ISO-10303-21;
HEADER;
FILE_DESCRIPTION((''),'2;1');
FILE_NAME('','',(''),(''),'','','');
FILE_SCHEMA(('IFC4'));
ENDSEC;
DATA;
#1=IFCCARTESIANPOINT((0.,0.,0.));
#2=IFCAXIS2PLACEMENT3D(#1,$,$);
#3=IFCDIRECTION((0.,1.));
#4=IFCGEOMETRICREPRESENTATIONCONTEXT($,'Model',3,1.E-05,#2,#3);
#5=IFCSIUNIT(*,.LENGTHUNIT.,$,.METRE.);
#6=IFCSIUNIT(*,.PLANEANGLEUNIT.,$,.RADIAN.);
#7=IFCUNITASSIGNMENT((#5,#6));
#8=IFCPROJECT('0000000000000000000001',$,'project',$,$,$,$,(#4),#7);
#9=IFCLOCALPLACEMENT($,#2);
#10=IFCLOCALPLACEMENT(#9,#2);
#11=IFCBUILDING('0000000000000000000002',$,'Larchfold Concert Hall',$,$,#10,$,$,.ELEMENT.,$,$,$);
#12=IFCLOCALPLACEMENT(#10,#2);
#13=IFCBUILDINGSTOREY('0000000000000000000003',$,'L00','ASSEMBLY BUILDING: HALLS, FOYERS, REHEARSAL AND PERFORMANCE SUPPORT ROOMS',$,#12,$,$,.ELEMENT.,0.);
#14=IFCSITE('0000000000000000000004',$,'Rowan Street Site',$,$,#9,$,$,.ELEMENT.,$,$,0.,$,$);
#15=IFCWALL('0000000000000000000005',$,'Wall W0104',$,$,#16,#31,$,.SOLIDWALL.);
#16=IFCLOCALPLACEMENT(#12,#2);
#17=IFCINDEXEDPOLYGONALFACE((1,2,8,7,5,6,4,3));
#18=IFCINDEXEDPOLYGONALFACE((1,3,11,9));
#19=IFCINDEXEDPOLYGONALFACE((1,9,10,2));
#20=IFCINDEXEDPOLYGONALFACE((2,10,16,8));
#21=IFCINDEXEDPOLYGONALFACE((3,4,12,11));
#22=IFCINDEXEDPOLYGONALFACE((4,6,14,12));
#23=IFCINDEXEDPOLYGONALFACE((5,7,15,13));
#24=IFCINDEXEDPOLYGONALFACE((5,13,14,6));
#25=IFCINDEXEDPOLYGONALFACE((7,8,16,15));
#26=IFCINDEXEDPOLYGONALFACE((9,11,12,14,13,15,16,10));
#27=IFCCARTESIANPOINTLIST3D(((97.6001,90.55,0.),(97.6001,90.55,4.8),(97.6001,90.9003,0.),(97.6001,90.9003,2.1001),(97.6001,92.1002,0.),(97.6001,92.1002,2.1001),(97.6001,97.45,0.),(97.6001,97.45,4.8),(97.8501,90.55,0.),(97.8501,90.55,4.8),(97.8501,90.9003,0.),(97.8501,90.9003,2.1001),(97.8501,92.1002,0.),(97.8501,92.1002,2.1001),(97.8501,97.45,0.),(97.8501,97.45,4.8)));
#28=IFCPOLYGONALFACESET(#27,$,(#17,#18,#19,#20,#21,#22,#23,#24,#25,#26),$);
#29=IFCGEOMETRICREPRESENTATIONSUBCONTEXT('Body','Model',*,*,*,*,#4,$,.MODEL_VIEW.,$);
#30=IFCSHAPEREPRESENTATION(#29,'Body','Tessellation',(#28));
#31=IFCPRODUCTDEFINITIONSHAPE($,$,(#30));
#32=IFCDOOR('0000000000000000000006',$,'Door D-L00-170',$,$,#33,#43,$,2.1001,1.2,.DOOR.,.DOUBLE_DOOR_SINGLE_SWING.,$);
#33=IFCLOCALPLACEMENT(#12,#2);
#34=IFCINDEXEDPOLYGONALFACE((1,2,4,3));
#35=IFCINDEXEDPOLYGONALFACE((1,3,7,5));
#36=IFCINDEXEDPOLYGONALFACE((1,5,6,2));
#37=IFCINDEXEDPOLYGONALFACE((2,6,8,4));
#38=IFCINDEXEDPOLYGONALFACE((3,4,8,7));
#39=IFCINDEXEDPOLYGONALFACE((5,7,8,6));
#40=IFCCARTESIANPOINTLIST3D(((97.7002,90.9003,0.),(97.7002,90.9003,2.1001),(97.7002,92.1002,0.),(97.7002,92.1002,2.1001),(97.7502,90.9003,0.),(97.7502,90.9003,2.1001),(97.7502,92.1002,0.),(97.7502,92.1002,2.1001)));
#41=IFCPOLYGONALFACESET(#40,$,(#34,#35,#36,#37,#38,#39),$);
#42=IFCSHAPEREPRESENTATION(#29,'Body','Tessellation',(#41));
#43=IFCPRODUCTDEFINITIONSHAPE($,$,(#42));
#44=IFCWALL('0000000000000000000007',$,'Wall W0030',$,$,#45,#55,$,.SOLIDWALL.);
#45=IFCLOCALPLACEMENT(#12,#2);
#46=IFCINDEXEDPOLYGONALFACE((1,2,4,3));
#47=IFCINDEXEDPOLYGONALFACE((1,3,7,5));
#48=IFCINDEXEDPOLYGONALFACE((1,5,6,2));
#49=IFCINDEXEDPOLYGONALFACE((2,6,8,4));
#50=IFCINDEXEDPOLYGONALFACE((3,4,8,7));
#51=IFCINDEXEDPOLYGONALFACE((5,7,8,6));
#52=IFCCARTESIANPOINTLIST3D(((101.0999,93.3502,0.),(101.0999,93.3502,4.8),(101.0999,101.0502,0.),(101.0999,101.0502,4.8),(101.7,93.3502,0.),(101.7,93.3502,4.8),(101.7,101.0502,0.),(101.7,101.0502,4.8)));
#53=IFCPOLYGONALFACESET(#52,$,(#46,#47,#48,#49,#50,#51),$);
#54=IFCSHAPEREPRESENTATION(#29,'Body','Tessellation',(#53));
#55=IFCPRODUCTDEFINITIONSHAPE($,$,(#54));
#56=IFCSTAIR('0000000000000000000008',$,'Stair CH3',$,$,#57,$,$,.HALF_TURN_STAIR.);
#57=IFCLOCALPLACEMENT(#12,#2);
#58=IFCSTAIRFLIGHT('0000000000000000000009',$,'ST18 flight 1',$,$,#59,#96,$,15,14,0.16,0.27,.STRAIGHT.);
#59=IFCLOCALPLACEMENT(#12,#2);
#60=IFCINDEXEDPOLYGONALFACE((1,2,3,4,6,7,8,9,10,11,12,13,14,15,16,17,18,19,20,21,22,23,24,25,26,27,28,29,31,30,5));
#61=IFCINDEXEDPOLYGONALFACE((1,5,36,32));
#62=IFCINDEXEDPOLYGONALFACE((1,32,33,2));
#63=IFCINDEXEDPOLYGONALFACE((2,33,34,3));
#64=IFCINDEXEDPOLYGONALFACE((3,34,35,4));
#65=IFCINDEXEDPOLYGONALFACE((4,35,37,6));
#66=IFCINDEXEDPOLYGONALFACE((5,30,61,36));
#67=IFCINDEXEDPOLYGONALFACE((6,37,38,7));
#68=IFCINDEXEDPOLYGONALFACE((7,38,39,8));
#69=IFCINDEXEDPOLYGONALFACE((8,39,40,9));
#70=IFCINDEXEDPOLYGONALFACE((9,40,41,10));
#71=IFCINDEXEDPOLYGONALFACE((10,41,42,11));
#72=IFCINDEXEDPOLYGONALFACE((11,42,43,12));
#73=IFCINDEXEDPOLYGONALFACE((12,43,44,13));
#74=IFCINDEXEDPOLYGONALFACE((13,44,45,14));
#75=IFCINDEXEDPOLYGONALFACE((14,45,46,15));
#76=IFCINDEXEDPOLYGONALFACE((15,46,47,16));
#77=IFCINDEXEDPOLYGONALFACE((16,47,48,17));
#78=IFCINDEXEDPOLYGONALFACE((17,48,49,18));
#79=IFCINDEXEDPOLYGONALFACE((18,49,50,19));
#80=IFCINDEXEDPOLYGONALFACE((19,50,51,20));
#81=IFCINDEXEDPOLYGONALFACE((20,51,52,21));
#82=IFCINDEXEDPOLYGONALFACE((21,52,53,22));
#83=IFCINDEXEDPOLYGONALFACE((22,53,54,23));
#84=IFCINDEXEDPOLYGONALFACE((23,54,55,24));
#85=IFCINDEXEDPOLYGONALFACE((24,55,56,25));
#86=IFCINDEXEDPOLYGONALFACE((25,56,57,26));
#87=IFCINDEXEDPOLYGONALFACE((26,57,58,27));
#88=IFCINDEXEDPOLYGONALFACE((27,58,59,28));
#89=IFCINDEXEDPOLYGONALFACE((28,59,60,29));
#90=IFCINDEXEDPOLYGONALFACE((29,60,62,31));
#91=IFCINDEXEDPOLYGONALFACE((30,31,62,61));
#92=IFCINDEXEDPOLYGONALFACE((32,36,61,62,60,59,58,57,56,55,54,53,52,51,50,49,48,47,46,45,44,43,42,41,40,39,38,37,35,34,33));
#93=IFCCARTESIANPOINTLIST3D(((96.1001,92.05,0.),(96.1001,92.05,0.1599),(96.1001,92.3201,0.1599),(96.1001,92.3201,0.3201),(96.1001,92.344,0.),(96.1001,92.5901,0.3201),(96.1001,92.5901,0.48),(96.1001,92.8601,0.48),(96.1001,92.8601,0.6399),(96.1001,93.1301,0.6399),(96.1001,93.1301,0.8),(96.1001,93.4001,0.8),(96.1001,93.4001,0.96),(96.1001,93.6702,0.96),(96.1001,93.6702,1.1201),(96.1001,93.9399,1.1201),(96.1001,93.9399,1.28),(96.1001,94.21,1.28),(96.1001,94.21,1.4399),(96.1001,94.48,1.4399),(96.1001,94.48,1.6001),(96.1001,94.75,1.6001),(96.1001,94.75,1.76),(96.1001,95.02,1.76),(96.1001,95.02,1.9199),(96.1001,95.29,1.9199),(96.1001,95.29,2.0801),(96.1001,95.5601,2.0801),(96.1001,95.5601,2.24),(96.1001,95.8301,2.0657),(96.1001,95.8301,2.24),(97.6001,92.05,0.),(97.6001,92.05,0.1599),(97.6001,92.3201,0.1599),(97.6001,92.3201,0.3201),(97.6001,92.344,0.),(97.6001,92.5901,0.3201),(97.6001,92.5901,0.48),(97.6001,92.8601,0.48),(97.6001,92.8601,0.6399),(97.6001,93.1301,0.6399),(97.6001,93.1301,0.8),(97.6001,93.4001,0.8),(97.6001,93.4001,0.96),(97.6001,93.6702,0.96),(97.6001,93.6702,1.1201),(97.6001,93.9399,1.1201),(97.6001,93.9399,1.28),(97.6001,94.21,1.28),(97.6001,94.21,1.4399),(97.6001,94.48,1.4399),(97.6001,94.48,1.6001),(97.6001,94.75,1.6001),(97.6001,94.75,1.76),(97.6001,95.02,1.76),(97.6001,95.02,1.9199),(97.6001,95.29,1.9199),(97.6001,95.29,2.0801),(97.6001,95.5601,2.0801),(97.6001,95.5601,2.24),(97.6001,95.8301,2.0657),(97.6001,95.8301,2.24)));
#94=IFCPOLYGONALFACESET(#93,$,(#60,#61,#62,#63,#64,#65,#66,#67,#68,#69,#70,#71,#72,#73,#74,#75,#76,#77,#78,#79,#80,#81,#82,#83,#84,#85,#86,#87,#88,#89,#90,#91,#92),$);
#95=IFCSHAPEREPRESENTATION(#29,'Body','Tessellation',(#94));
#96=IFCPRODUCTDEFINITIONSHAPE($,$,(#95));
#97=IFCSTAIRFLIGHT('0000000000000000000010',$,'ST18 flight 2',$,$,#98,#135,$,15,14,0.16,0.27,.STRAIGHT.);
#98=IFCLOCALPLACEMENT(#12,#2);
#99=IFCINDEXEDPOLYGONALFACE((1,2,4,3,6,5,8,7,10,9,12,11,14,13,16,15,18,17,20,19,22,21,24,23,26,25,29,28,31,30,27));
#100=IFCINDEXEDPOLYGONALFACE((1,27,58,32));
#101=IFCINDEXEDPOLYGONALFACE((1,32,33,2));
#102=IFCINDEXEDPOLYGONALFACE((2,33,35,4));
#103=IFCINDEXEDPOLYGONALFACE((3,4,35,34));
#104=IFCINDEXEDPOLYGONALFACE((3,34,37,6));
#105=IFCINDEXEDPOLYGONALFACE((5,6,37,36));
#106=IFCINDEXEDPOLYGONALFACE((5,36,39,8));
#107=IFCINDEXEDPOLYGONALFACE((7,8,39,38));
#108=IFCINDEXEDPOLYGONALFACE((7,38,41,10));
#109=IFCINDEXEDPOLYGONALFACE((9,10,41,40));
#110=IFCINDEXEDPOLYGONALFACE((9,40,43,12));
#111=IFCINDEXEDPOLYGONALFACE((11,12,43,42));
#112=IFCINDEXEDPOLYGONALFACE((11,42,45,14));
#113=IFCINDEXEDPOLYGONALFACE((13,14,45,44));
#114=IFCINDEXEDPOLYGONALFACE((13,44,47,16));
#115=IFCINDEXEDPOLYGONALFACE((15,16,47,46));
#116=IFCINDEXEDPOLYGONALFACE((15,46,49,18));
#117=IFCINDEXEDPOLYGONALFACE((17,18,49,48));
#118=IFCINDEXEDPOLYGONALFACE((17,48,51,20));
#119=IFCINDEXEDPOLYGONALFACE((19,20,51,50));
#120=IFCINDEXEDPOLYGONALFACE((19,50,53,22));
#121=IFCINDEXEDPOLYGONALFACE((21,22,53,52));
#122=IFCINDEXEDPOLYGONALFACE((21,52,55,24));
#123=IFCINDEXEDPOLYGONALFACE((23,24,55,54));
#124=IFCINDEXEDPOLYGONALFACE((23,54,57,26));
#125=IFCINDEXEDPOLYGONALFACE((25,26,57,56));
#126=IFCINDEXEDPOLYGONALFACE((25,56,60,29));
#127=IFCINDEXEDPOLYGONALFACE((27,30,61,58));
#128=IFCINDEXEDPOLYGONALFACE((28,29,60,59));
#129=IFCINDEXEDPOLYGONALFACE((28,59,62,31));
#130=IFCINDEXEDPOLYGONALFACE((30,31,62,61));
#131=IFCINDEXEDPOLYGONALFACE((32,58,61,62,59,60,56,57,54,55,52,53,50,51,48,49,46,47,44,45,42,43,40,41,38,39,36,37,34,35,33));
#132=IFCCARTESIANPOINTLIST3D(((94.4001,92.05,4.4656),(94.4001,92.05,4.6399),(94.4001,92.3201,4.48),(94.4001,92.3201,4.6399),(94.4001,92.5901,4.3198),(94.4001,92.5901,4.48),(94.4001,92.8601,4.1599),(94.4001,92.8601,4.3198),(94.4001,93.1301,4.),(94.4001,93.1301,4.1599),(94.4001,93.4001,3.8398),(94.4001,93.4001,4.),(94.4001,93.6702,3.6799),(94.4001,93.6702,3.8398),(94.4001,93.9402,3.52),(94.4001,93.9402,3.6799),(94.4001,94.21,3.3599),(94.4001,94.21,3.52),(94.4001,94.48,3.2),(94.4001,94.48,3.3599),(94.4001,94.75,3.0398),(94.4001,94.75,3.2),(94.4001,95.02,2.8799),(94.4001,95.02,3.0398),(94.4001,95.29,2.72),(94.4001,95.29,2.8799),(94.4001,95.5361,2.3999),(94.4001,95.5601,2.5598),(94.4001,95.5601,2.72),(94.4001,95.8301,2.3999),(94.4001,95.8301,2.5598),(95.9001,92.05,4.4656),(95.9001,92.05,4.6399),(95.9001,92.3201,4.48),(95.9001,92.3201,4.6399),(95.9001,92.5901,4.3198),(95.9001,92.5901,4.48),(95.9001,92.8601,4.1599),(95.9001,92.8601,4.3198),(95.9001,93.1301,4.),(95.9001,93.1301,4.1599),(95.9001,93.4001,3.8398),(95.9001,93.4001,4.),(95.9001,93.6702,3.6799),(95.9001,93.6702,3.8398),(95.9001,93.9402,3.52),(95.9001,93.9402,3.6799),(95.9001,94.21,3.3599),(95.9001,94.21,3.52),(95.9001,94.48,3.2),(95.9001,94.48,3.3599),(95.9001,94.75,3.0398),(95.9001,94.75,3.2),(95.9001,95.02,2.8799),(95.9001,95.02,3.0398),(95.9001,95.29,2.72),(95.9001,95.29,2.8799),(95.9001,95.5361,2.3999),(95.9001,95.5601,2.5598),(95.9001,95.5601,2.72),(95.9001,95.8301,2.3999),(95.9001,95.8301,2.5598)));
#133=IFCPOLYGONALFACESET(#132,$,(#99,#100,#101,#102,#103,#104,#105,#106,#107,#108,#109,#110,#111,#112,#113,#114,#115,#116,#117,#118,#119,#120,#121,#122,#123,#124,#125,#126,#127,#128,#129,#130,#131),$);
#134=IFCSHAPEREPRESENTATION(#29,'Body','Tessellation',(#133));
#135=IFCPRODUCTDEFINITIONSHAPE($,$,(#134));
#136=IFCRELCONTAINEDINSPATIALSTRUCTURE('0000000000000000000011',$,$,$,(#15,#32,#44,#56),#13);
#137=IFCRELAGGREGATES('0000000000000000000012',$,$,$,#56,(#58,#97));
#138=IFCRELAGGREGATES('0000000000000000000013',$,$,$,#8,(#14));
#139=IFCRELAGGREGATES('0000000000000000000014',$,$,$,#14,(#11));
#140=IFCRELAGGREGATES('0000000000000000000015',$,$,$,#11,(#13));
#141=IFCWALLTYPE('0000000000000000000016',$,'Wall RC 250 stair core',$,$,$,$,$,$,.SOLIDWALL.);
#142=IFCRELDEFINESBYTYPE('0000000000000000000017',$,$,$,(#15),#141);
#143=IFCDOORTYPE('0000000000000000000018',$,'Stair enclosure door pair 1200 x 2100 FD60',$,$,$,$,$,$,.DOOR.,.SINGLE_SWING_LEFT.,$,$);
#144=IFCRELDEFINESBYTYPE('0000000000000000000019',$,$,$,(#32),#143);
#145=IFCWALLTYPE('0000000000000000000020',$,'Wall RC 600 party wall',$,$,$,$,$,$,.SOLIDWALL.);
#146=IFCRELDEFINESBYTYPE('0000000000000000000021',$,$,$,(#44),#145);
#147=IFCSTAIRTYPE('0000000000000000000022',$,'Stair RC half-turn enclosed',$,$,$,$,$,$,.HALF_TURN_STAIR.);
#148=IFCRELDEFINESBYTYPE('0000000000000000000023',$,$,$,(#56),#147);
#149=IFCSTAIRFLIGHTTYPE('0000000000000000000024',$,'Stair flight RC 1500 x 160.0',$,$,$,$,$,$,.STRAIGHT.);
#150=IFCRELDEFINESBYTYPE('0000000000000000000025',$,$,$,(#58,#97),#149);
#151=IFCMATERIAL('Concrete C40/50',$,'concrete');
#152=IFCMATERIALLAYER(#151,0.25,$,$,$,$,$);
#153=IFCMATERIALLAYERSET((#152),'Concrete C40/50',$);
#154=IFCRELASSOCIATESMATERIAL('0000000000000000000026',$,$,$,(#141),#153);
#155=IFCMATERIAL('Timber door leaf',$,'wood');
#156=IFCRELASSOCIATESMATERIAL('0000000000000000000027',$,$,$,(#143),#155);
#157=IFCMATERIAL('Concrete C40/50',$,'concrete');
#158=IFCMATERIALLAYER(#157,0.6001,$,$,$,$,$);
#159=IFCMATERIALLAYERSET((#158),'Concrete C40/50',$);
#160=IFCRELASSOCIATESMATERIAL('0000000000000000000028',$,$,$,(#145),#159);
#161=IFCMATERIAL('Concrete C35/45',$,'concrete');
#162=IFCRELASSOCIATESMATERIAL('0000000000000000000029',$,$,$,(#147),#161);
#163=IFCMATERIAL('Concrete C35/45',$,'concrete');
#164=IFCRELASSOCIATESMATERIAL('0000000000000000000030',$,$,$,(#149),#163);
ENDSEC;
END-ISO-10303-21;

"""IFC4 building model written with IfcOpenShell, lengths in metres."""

from ifc_helpers import new_model, si_unit, direction, frame, frame_2d, origin, place, context, subcontext, project, spatial, polyline, rectangle, outline, extrude, material, layer, layer_set, type_object, element, fill, aggregate, save


model = new_model("IFC4")

# Units and contexts
model_context = context("Model", 3, precision=1e-05, world=origin(), true_north=direction((0.0, 1.0)))
body_context = subcontext(model_context, "Body", "Model", "MODEL_VIEW")
ifc_project = project(units=[si_unit("LENGTHUNIT", "METRE"), si_unit("PLANEANGLEUNIT", "RADIAN")], contexts=[model_context])

# Site, building, storey
site_placement = place(None, origin())
site = spatial("IfcSite", under=ifc_project, at=site_placement, Name="Rowan Street Site", CompositionType="ELEMENT", RefElevation=0.0)
building_placement = place(site_placement, origin())
building = spatial("IfcBuilding", under=site, at=building_placement, Name="Larchfold Concert Hall", CompositionType="ELEMENT")
storey_placement = place(building_placement, origin())
storey = spatial("IfcBuildingStorey", under=building, at=storey_placement, Name="L00", Description="ASSEMBLY BUILDING: HALLS, FOYERS, REHEARSAL AND PERFORMANCE SUPPORT ROOMS", CompositionType="ELEMENT", Elevation=0.0)

# Shared definitions
ifc_material_1 = material(Name="Concrete C40/50", Category="concrete")
ifc_layer_1 = layer(ifc_material_1, 0.25)
ifc_layer_set_1 = layer_set([ifc_layer_1], Name="Concrete C40/50")
wall_type_1 = type_object("IfcWallType", Name="Wall RC 250 stair core", PredefinedType="SOLIDWALL", material=ifc_layer_set_1)

# Wall, opening, door
wall_1_placement = place(storey_placement, frame((97.7251, 90.55, 0.0), z_axis=(0.0, 0.0, 1.0), x_axis=(0.0, 1.0, 0.0)))
wall_1 = element("IfcWall", 1, at=wall_1_placement, inside=storey, type_object=wall_type_1, Name="Wall W0104", PredefinedType="SOLIDWALL", context=body_context, shape_type="SweptSolid", body=[
    extrude(rectangle(XDim=6.8999, YDim=0.25, at=frame_2d((3.45, 0.0))), origin(), (0.0, 0.0, 1.0), 4.8),
])
opening_1_placement = place(wall_1_placement, frame((0.3501, 0.0, 0.0)))
opening_1 = element("IfcOpeningElement", 2, at=opening_1_placement, cuts=wall_1, PredefinedType="OPENING", context=body_context, shape_type="SweptSolid", body=[
    extrude(rectangle(XDim=1.2, YDim=2.1001, at=frame_2d((0.6001, 1.05))), frame((0.0, 0.135, 0.0), z_axis=(0.0, -1.0, 0.0), x_axis=(1.0, 0.0, 0.0)), (0.0, 0.0, 1.0), 0.27),
])
ifc_material_2 = material(Name="Timber door leaf", Category="wood")
door_type_1 = type_object("IfcDoorType", Name="Stair enclosure door pair 1200 x 2100 FD60", OperationType="SINGLE_SWING_LEFT", PredefinedType="DOOR", material=ifc_material_2)
door_1_placement = place(opening_1_placement, origin())
door_1 = element("IfcDoor", 3, at=door_1_placement, inside=storey, type_object=door_type_1, Name="Door D-L00-170", OperationType="DOUBLE_DOOR_SINGLE_SWING", OverallHeight=2.1001, OverallWidth=1.2, PredefinedType="DOOR", context=body_context, shape_type="SweptSolid", body=[
    extrude(rectangle(XDim=1.2, YDim=2.1001, at=frame_2d((0.6001, 1.05))), frame((0.0, 0.0249, 0.0), z_axis=(0.0, -1.0, 0.0), x_axis=(1.0, 0.0, 0.0)), (0.0, 0.0, 1.0), 0.05),
])
fill(opening_1, door_1)

# Wall
ifc_material_3 = material(Name="Concrete C40/50", Category="concrete")
ifc_layer_2 = layer(ifc_material_3, 0.6001)
ifc_layer_set_2 = layer_set([ifc_layer_2], Name="Concrete C40/50")
wall_type_2 = type_object("IfcWallType", Name="Wall RC 600 party wall", PredefinedType="SOLIDWALL", material=ifc_layer_set_2)
wall_2_placement = place(storey_placement, frame((101.3999, 93.3501, 0.0), z_axis=(0.0, 0.0, 1.0), x_axis=(0.0, 1.0, 0.0)))
element("IfcWall", 4, at=wall_2_placement, inside=storey, type_object=wall_type_2, Name="Wall W0030", PredefinedType="SOLIDWALL", context=body_context, shape_type="SweptSolid", body=[
    extrude(rectangle(XDim=7.7, YDim=0.6001, at=frame_2d((3.8501, 0.0))), origin(), (0.0, 0.0, 1.0), 4.8),
])

# Stair, stair flights
ifc_material_4 = material(Name="Concrete C35/45", Category="concrete")
stair_type = type_object("IfcStairType", Name="Stair RC half-turn enclosed", PredefinedType="HALF_TURN_STAIR", material=ifc_material_4)
stair_placement = place(storey_placement, origin())
stair = element("IfcStair", 5, at=stair_placement, inside=storey, type_object=stair_type, Name="Stair CH3", PredefinedType="HALF_TURN_STAIR")
ifc_material_5 = material(Name="Concrete C35/45", Category="concrete")
stair_flight_type = type_object("IfcStairFlightType", Name="Stair flight RC 1500 x 160.0", PredefinedType="STRAIGHT", material=ifc_material_5)
stair_flight_1_placement = place(storey_placement, frame((96.8501, 92.05, 0.0), z_axis=(0.0, 0.0, 1.0), x_axis=(0.0, 1.0, 0.0)))
stair_flight_1 = element("IfcStairFlight", 6, at=stair_flight_1_placement, type_object=stair_flight_type, Name="ST18 flight 1", NumberOfRisers=15, NumberOfTreads=14, PredefinedType="STRAIGHT", RiserHeight=0.16, TreadLength=0.27, context=body_context, shape_type="SweptSolid", body=[
    extrude(outline(polyline([(0.0, 0.0), (0.0, 0.1599), (0.27, 0.1599), (0.27, 0.3201), (0.54, 0.3201), (0.54, 0.48), (0.8101, 0.48), (0.8101, 0.6399), (1.0801, 0.6399), (1.0801, 0.8), (1.3501, 0.8), (1.3501, 0.96), (1.6201, 0.96), (1.6201, 1.1201), (1.8899, 1.1201), (1.8899, 1.28), (2.1599, 1.28), (2.1599, 1.4399), (2.4299, 1.4399), (2.4299, 1.6001), (2.7, 1.6001), (2.7, 1.76), (2.97, 1.76), (2.97, 1.9199), (3.24, 1.9199), (3.24, 2.0801), (3.51, 2.0801), (3.51, 2.24), (3.78, 2.24), (3.78, 2.3999), (3.78, 2.0657), (0.2939, 0.0), (0.0, 0.0)])), frame((0.0, 0.75, 0.0), z_axis=(0.0, -1.0, 0.0), x_axis=(1.0, 0.0, 0.0)), (0.0, 0.0, 1.0), 1.5),
])
stair_flight_2_placement = place(storey_placement, frame((95.1501, 95.8301, 2.3999), z_axis=(0.0, 0.0, 1.0), x_axis=(0.0, -1.0, 0.0)))
stair_flight_2 = element("IfcStairFlight", 7, at=stair_flight_2_placement, type_object=stair_flight_type, Name="ST18 flight 2", NumberOfRisers=15, NumberOfTreads=14, PredefinedType="STRAIGHT", RiserHeight=0.16, TreadLength=0.27, context=body_context, shape_type="SweptSolid", body=[
    extrude(outline(polyline([(0.0, 0.0), (0.0, 0.1599), (0.27, 0.1599), (0.27, 0.3201), (0.54, 0.3201), (0.54, 0.48), (0.8101, 0.48), (0.8101, 0.6399), (1.0801, 0.6399), (1.0801, 0.8), (1.3501, 0.8), (1.3501, 0.96), (1.6201, 0.96), (1.6201, 1.1201), (1.8899, 1.1201), (1.8899, 1.28), (2.1599, 1.28), (2.1599, 1.4399), (2.4299, 1.4399), (2.4299, 1.6001), (2.7, 1.6001), (2.7, 1.76), (2.97, 1.76), (2.97, 1.9199), (3.24, 1.9199), (3.24, 2.0801), (3.51, 2.0801), (3.51, 2.24), (3.78, 2.24), (3.78, 2.3999), (3.78, 2.0657), (0.2939, 0.0), (0.0, 0.0)])), frame((0.0, 0.75, 0.0), z_axis=(0.0, -1.0, 0.0), x_axis=(1.0, 0.0, 0.0)), (0.0, 0.0, 1.0), 1.5),
])
aggregate(stair, [stair_flight_1, stair_flight_2])

save(model, "model.ifc")
